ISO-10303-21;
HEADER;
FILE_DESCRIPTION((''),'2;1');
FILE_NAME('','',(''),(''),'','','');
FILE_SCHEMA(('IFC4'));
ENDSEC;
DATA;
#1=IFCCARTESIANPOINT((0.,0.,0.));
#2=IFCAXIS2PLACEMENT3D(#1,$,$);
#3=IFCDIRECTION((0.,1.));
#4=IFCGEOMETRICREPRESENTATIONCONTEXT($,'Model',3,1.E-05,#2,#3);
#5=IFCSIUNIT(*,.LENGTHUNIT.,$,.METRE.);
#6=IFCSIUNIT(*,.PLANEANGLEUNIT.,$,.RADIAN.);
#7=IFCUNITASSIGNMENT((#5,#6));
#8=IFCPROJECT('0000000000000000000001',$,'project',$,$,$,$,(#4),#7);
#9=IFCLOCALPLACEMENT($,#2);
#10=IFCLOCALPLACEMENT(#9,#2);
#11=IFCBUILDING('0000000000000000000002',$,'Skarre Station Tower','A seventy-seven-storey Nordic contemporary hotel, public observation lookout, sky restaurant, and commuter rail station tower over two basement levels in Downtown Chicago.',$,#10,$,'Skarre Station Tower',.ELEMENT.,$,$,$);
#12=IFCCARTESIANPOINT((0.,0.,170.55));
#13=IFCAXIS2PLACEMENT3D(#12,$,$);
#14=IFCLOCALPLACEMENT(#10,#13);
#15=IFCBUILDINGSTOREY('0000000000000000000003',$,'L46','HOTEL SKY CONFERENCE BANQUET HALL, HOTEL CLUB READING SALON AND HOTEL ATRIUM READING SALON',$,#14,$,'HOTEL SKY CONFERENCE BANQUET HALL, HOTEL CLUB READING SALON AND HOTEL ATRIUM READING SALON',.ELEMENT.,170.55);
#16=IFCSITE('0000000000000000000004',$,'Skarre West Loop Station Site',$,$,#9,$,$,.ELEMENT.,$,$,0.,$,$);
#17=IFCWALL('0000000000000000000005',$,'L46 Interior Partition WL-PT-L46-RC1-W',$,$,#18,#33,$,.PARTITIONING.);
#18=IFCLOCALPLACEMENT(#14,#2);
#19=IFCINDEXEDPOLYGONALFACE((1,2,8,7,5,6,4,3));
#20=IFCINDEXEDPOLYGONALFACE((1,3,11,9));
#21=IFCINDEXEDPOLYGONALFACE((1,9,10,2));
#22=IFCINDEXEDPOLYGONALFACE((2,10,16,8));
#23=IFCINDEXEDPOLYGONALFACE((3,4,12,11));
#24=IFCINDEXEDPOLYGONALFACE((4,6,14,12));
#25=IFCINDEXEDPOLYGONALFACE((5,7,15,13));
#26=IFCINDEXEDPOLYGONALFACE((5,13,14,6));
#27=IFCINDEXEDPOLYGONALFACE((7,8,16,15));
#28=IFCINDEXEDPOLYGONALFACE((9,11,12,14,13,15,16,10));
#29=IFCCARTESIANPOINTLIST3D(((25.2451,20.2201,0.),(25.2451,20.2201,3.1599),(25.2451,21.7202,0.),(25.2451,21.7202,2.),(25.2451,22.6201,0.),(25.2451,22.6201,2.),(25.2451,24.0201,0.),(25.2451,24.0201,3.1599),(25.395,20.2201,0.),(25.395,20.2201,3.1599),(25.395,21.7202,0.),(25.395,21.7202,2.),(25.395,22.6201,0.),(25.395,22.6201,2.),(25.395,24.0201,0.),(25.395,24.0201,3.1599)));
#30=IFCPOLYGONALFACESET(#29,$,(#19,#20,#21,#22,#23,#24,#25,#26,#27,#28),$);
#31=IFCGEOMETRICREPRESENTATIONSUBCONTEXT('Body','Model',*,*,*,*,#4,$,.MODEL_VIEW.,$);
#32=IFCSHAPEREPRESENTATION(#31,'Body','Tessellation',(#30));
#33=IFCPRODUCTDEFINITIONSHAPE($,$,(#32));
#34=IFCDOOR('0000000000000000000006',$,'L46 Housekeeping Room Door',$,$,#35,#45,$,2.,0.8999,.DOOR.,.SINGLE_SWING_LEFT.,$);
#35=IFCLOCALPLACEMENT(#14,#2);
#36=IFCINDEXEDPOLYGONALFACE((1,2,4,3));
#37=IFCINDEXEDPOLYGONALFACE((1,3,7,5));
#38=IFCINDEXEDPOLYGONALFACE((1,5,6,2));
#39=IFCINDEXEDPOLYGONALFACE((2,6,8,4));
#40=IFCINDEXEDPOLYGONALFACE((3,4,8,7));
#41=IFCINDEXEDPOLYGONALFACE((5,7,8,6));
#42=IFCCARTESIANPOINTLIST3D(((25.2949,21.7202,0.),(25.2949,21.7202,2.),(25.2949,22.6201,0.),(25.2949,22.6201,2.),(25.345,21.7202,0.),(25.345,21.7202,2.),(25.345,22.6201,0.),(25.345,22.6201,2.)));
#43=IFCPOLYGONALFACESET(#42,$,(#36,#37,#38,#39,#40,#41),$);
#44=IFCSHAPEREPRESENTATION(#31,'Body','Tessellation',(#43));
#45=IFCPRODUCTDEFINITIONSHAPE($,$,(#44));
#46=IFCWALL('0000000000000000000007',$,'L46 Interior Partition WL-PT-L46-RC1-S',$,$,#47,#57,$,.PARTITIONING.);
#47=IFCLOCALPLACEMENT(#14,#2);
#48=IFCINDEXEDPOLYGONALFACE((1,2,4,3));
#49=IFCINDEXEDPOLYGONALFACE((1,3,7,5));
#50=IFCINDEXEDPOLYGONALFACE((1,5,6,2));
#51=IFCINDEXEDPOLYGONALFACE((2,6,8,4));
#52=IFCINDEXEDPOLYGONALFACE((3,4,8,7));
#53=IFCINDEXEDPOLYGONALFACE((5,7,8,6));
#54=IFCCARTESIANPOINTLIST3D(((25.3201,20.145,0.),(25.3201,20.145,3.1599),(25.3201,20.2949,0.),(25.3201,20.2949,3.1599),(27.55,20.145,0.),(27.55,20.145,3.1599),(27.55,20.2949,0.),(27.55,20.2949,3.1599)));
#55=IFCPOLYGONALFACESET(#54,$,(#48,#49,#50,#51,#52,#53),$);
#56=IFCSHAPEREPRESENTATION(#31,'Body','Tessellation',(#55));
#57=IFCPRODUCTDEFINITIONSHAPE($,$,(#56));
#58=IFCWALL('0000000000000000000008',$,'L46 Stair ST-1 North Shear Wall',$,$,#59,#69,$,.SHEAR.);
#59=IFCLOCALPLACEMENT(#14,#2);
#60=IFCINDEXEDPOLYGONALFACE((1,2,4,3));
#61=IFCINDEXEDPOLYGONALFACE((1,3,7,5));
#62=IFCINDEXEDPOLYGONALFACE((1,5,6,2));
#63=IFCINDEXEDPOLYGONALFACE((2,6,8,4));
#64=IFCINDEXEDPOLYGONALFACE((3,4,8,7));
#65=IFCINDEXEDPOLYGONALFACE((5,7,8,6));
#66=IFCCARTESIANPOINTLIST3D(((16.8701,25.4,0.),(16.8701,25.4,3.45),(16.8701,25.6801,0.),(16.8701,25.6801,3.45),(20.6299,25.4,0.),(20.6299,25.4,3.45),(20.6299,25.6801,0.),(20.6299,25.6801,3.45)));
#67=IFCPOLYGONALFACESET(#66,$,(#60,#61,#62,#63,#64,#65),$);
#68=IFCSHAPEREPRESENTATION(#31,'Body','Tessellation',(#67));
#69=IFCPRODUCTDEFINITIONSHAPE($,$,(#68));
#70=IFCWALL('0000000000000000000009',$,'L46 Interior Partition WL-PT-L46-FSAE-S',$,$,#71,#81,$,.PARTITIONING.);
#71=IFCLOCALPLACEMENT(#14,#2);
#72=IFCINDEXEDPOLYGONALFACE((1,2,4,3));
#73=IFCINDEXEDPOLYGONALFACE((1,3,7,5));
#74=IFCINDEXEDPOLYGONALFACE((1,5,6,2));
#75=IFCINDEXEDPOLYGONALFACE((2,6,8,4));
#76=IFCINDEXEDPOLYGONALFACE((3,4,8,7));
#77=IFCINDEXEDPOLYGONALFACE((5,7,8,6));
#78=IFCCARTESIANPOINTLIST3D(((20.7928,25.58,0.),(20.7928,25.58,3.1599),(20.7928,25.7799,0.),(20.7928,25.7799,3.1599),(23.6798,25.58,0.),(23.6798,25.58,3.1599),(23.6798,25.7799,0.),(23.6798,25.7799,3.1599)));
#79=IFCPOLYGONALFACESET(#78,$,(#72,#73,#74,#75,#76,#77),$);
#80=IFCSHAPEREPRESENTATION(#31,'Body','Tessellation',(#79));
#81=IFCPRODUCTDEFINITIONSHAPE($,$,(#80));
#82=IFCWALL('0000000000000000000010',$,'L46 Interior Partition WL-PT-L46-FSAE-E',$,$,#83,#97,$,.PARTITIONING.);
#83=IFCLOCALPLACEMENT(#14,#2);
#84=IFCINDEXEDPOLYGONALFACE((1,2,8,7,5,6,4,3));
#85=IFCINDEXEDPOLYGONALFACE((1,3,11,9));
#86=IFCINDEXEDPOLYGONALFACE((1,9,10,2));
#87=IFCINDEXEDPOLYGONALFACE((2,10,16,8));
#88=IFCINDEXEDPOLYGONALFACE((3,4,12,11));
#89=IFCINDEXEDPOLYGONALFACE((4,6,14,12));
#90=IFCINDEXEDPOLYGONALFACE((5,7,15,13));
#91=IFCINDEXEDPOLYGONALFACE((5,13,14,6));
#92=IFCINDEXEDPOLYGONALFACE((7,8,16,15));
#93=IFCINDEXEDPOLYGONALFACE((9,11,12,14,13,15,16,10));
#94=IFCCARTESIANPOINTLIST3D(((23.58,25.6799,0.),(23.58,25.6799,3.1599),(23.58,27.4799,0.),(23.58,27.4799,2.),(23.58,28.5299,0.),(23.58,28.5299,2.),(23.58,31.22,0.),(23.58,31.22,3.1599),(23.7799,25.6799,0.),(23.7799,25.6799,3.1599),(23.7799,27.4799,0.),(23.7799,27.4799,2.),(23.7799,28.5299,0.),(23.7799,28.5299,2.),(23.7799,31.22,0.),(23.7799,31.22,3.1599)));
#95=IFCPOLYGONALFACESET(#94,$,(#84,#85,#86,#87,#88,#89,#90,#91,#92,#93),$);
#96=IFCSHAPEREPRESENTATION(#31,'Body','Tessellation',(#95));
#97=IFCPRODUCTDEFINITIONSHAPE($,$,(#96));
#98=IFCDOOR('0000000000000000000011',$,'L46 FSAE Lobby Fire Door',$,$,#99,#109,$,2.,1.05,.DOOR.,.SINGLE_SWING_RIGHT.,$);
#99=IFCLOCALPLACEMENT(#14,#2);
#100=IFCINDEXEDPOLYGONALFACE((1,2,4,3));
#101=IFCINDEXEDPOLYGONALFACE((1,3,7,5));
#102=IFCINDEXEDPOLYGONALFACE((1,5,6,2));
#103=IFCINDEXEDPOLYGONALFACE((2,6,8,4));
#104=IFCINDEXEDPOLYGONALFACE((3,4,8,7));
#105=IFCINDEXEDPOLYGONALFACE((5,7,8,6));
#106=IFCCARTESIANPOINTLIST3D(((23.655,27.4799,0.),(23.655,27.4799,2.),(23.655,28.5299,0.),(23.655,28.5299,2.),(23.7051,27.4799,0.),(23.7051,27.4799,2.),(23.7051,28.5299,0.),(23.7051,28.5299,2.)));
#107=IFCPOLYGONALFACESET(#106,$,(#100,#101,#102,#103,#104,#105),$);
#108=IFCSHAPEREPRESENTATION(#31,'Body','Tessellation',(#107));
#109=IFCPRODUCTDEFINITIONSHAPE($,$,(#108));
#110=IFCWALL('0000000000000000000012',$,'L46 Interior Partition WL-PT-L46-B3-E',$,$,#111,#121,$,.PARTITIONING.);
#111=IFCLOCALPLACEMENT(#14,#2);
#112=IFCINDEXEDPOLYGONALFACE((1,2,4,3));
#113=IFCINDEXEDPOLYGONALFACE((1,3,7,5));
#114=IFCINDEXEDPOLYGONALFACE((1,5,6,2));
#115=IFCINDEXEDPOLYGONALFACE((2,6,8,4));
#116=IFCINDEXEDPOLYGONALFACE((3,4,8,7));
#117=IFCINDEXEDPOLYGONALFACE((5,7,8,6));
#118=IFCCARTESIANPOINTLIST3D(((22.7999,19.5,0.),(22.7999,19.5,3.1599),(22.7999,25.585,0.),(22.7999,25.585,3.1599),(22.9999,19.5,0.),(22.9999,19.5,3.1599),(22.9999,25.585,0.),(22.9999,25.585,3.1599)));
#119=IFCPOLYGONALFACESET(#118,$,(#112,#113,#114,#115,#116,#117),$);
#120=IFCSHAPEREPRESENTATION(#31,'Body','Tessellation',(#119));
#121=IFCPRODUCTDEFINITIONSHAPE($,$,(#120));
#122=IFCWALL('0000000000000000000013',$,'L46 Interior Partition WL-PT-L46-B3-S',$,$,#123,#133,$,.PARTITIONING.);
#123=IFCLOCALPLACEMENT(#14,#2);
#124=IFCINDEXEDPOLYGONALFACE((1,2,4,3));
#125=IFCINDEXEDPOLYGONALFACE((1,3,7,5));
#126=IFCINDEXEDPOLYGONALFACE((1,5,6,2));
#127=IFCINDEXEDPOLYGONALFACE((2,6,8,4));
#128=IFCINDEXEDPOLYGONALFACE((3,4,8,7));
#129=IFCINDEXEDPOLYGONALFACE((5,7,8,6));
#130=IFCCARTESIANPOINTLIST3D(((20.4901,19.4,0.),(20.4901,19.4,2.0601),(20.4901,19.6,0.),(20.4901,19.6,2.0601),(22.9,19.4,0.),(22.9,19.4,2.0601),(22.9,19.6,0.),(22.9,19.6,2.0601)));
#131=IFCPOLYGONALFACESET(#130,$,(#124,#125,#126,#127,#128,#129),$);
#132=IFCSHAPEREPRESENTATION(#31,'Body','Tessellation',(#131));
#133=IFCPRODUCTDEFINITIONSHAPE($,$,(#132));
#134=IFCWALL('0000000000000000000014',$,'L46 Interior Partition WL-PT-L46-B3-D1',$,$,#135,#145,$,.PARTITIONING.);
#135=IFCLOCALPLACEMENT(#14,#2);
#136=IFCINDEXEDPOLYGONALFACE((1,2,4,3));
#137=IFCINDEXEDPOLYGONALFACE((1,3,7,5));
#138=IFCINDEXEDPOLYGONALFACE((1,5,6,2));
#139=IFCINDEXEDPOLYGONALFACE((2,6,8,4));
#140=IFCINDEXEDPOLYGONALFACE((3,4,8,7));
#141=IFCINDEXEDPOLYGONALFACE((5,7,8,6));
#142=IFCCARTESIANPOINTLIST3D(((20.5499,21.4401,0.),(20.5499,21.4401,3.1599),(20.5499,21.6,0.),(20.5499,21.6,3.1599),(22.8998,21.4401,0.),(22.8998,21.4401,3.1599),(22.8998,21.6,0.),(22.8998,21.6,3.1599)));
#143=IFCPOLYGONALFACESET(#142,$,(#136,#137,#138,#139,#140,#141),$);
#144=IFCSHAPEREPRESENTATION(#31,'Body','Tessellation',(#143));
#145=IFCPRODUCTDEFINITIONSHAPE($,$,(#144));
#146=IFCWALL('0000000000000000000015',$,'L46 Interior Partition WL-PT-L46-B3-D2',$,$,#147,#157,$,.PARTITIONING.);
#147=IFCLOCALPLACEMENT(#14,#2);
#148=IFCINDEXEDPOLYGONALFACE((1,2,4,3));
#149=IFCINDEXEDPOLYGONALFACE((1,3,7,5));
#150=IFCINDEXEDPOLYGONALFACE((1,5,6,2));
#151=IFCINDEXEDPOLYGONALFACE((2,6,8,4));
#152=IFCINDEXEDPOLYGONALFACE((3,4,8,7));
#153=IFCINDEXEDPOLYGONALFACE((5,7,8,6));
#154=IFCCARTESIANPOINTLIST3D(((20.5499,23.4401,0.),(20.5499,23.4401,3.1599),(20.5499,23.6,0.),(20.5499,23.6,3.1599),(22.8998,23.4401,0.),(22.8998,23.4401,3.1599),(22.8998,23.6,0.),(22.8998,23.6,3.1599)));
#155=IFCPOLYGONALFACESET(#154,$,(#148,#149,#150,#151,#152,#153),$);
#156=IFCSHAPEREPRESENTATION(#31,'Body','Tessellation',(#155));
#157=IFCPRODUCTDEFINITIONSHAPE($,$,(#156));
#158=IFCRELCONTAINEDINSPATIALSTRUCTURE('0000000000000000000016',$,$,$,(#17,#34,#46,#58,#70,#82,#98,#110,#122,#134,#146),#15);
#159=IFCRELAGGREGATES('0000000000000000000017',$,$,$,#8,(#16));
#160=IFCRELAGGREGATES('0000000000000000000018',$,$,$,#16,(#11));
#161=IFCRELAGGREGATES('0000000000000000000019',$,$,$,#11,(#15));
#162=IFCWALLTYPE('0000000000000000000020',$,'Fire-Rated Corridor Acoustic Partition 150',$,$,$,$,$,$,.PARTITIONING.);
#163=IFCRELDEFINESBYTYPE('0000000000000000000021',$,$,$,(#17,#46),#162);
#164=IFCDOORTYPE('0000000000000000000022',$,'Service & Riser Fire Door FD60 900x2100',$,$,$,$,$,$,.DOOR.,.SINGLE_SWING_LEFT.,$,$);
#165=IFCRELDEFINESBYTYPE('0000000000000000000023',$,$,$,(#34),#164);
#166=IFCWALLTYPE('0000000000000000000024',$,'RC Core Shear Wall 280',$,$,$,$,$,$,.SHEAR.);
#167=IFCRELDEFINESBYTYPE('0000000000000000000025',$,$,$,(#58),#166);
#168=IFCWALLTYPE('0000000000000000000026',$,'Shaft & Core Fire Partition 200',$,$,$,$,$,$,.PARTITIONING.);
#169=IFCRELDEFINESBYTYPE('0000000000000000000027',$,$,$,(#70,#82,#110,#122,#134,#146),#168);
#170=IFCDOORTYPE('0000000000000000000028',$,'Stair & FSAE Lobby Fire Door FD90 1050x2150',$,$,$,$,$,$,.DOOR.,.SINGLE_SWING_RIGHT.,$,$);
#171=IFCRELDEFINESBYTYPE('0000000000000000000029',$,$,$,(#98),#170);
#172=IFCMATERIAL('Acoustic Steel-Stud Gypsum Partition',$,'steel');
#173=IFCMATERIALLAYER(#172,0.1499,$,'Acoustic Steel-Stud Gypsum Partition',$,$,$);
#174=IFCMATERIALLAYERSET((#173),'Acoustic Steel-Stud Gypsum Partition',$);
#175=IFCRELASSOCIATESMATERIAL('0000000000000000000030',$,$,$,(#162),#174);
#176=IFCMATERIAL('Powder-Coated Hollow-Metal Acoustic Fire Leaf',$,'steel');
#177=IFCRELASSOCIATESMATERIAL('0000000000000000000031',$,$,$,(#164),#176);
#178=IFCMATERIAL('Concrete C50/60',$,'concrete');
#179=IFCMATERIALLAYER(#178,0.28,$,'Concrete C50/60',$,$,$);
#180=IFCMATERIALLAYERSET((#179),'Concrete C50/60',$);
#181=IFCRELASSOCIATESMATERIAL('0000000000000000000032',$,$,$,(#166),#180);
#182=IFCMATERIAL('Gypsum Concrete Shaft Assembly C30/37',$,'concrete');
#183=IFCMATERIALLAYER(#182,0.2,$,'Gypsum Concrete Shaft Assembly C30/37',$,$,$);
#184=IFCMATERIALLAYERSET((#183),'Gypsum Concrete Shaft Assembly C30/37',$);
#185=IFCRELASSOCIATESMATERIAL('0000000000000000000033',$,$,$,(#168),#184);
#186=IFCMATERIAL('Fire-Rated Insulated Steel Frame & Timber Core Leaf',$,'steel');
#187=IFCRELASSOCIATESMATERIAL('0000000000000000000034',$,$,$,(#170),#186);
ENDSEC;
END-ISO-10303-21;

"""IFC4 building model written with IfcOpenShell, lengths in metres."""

from ifc_helpers import new_model, si_unit, direction, frame, frame_2d, origin, place, context, subcontext, project, spatial, rectangle, extrude, material, layer, layer_set, type_object, element, fill, save


model = new_model("IFC4")

# Units and contexts
model_context = context("Model", 3, precision=1e-05, world=origin(), true_north=direction((0.0, 1.0)))
body_context = subcontext(model_context, "Body", "Model", "MODEL_VIEW")
ifc_project = project(units=[si_unit("LENGTHUNIT", "METRE"), si_unit("PLANEANGLEUNIT", "RADIAN")], contexts=[model_context])

# Site, building, storey
site_placement = place(None, origin())
site = spatial("IfcSite", under=ifc_project, at=site_placement, Name="Skarre West Loop Station Site", CompositionType="ELEMENT", RefElevation=0.0)
building_placement = place(site_placement, origin())
building = spatial("IfcBuilding", under=site, at=building_placement, Name="Skarre Station Tower", Description="A seventy-seven-storey Nordic contemporary hotel, public observation lookout, sky restaurant, and commuter rail station tower over two basement levels in Downtown Chicago.", LongName="Skarre Station Tower", CompositionType="ELEMENT")
storey_placement = place(building_placement, frame((0.0, 0.0, 170.55)))
storey = spatial("IfcBuildingStorey", under=building, at=storey_placement, Name="L46", Description="HOTEL SKY CONFERENCE BANQUET HALL, HOTEL CLUB READING SALON AND HOTEL ATRIUM READING SALON", LongName="HOTEL SKY CONFERENCE BANQUET HALL, HOTEL CLUB READING SALON AND HOTEL ATRIUM READING SALON", CompositionType="ELEMENT", Elevation=170.55)

# Wall, opening, door
ifc_material_1 = material(Name="Acoustic Steel-Stud Gypsum Partition", Category="steel")
ifc_layer_1 = layer(ifc_material_1, 0.1499, Name="Acoustic Steel-Stud Gypsum Partition")
ifc_layer_set_1 = layer_set([ifc_layer_1], Name="Acoustic Steel-Stud Gypsum Partition")
wall_type_1 = type_object("IfcWallType", Name="Fire-Rated Corridor Acoustic Partition 150", PredefinedType="PARTITIONING", material=ifc_layer_set_1)
wall_1_placement = place(storey_placement, frame((25.3201, 24.02, 0.0), z_axis=(0.0, 0.0, 1.0), x_axis=(0.0, -1.0, 0.0)))
wall_1 = element("IfcWall", 1, at=wall_1_placement, inside=storey, type_object=wall_type_1, Name="L46 Interior Partition WL-PT-L46-RC1-W", PredefinedType="PARTITIONING", context=body_context, shape_type="SweptSolid", body=[
    extrude(rectangle(XDim=3.8, YDim=0.1499, at=frame_2d((1.8999, 0.0))), origin(), (0.0, 0.0, 1.0), 3.1599),
])
opening_1_placement = place(wall_1_placement, frame((1.3999, 0.0, 0.0)))
opening_1 = element("IfcOpeningElement", 2, at=opening_1_placement, cuts=wall_1, PredefinedType="OPENING", context=body_context, shape_type="SweptSolid", body=[
    extrude(rectangle(XDim=0.8999, YDim=2.0, at=frame_2d((0.45, 1.0))), frame((0.0, 0.085, 0.0), z_axis=(0.0, -1.0, 0.0), x_axis=(1.0, 0.0, 0.0)), (0.0, 0.0, 1.0), 0.1699),
])
ifc_material_2 = material(Name="Powder-Coated Hollow-Metal Acoustic Fire Leaf", Category="steel")
door_type_1 = type_object("IfcDoorType", Name="Service & Riser Fire Door FD60 900x2100", OperationType="SINGLE_SWING_LEFT", PredefinedType="DOOR", material=ifc_material_2)
door_1_placement = place(opening_1_placement, origin())
door_1 = element("IfcDoor", 3, at=door_1_placement, inside=storey, type_object=door_type_1, Name="L46 Housekeeping Room Door", OperationType="SINGLE_SWING_LEFT", OverallHeight=2.0, OverallWidth=0.8999, PredefinedType="DOOR", context=body_context, shape_type="SweptSolid", body=[
    extrude(rectangle(XDim=0.8999, YDim=2.0, at=frame_2d((0.45, 1.0))), frame((0.0, 0.0249, 0.0), z_axis=(0.0, -1.0, 0.0), x_axis=(1.0, 0.0, 0.0)), (0.0, 0.0, 1.0), 0.05),
])
fill(opening_1, door_1)

# Walls
wall_2_placement = place(storey_placement, frame((25.3201, 20.22, 0.0), z_axis=(0.0, 0.0, 1.0), x_axis=(1.0, 0.0, 0.0)))
element("IfcWall", 4, at=wall_2_placement, inside=storey, type_object=wall_type_1, Name="L46 Interior Partition WL-PT-L46-RC1-S", PredefinedType="PARTITIONING", context=body_context, shape_type="SweptSolid", body=[
    extrude(rectangle(XDim=2.23, YDim=0.1499, at=frame_2d((1.115, 0.0))), origin(), (0.0, 0.0, 1.0), 3.1599),
])
ifc_material_3 = material(Name="Concrete C50/60", Category="concrete")
ifc_layer_2 = layer(ifc_material_3, 0.28, Name="Concrete C50/60")
ifc_layer_set_2 = layer_set([ifc_layer_2], Name="Concrete C50/60")
wall_type_2 = type_object("IfcWallType", Name="RC Core Shear Wall 280", PredefinedType="SHEAR", material=ifc_layer_set_2)
wall_3_placement = place(storey_placement, frame((20.6299, 25.54, 0.0), z_axis=(0.0, 0.0, 1.0), x_axis=(-1.0, 0.0, 0.0)))
element("IfcWall", 5, at=wall_3_placement, inside=storey, type_object=wall_type_2, Name="L46 Stair ST-1 North Shear Wall", PredefinedType="SHEAR", context=body_context, shape_type="SweptSolid", body=[
    extrude(rectangle(XDim=3.7598, YDim=0.28, at=frame_2d((1.8799, 0.0))), origin(), (0.0, 0.0, 1.0), 3.45),
])
ifc_material_4 = material(Name="Gypsum Concrete Shaft Assembly C30/37", Category="concrete")
ifc_layer_3 = layer(ifc_material_4, 0.2, Name="Gypsum Concrete Shaft Assembly C30/37")
ifc_layer_set_3 = layer_set([ifc_layer_3], Name="Gypsum Concrete Shaft Assembly C30/37")
wall_type_3 = type_object("IfcWallType", Name="Shaft & Core Fire Partition 200", PredefinedType="PARTITIONING", material=ifc_layer_set_3)
wall_4_placement = place(storey_placement, frame((20.793, 25.6799, 0.0), z_axis=(0.0, 0.0, 1.0), x_axis=(1.0, 0.0, 0.0)))
element("IfcWall", 6, at=wall_4_placement, inside=storey, type_object=wall_type_3, Name="L46 Interior Partition WL-PT-L46-FSAE-S", PredefinedType="PARTITIONING", context=body_context, shape_type="SweptSolid", body=[
    extrude(rectangle(XDim=2.887, YDim=0.2, at=frame_2d((1.4434, 0.0))), origin(), (0.0, 0.0, 1.0), 3.1599),
])

# Wall, opening, door
wall_5_placement = place(storey_placement, frame((23.6799, 25.6799, 0.0), z_axis=(0.0, 0.0, 1.0), x_axis=(0.0, 1.0, 0.0)))
wall_5 = element("IfcWall", 7, at=wall_5_placement, inside=storey, type_object=wall_type_3, Name="L46 Interior Partition WL-PT-L46-FSAE-E", PredefinedType="PARTITIONING", context=body_context, shape_type="SweptSolid", body=[
    extrude(rectangle(XDim=5.54, YDim=0.2, at=frame_2d((2.77, 0.0))), origin(), (0.0, 0.0, 1.0), 3.1599),
])
opening_2_placement = place(wall_5_placement, frame((1.8, 0.0, 0.0)))
opening_2 = element("IfcOpeningElement", 8, at=opening_2_placement, cuts=wall_5, PredefinedType="OPENING", context=body_context, shape_type="SweptSolid", body=[
    extrude(rectangle(XDim=1.05, YDim=2.0, at=frame_2d((0.5249, 1.0))), frame((0.0, 0.1099, 0.0), z_axis=(0.0, -1.0, 0.0), x_axis=(1.0, 0.0, 0.0)), (0.0, 0.0, 1.0), 0.22),
])
ifc_material_5 = material(Name="Fire-Rated Insulated Steel Frame & Timber Core Leaf", Category="steel")
door_type_2 = type_object("IfcDoorType", Name="Stair & FSAE Lobby Fire Door FD90 1050x2150", OperationType="SINGLE_SWING_RIGHT", PredefinedType="DOOR", material=ifc_material_5)
door_2_placement = place(opening_2_placement, origin())
door_2 = element("IfcDoor", 9, at=door_2_placement, inside=storey, type_object=door_type_2, Name="L46 FSAE Lobby Fire Door", OperationType="SINGLE_SWING_RIGHT", OverallHeight=2.0, OverallWidth=1.05, PredefinedType="DOOR", context=body_context, shape_type="SweptSolid", body=[
    extrude(rectangle(XDim=1.05, YDim=2.0, at=frame_2d((0.5249, 1.0))), frame((0.0, 0.0249, 0.0), z_axis=(0.0, -1.0, 0.0), x_axis=(1.0, 0.0, 0.0)), (0.0, 0.0, 1.0), 0.05),
])
fill(opening_2, door_2)

# Walls
wall_6_placement = place(storey_placement, frame((22.8999, 19.5, 0.0), z_axis=(0.0, 0.0, 1.0), x_axis=(0.0, 1.0, 0.0)))
element("IfcWall", 10, at=wall_6_placement, inside=storey, type_object=wall_type_3, Name="L46 Interior Partition WL-PT-L46-B3-E", PredefinedType="PARTITIONING", context=body_context, shape_type="SweptSolid", body=[
    extrude(rectangle(XDim=6.085, YDim=0.2, at=frame_2d((3.0425, 0.0))), origin(), (0.0, 0.0, 1.0), 3.1599),
])
wall_7_placement = place(storey_placement, frame((20.49, 19.5, 0.0), z_axis=(0.0, 0.0, 1.0), x_axis=(1.0, 0.0, 0.0)))
element("IfcWall", 11, at=wall_7_placement, inside=storey, type_object=wall_type_3, Name="L46 Interior Partition WL-PT-L46-B3-S", PredefinedType="PARTITIONING", context=body_context, shape_type="SweptSolid", body=[
    extrude(rectangle(XDim=2.4099, YDim=0.2, at=frame_2d((1.2051, 0.0))), origin(), (0.0, 0.0, 1.0), 2.0601),
])
for number, where, z_axis, x_axis, name in (
    (12, (20.55, 21.52, 0.0), (0.0, 0.0, 1.0), (1.0, 0.0, 0.0), "L46 Interior Partition WL-PT-L46-B3-D1"),
    (13, (20.55, 23.52, 0.0), (0.0, 0.0, 1.0), (1.0, 0.0, 0.0), "L46 Interior Partition WL-PT-L46-B3-D2"),
):
    element("IfcWall", number, at=place(storey_placement, frame(where, z_axis=z_axis, x_axis=x_axis)), inside=storey, type_object=wall_type_3, Name=name, PredefinedType="PARTITIONING", context=body_context, shape_type="SweptSolid", body=[
        extrude(rectangle(XDim=2.3499, YDim=0.1599, at=frame_2d((1.1748, 0.0))), origin(), (0.0, 0.0, 1.0), 3.1599),
    ])

save(model, "model.ifc")
